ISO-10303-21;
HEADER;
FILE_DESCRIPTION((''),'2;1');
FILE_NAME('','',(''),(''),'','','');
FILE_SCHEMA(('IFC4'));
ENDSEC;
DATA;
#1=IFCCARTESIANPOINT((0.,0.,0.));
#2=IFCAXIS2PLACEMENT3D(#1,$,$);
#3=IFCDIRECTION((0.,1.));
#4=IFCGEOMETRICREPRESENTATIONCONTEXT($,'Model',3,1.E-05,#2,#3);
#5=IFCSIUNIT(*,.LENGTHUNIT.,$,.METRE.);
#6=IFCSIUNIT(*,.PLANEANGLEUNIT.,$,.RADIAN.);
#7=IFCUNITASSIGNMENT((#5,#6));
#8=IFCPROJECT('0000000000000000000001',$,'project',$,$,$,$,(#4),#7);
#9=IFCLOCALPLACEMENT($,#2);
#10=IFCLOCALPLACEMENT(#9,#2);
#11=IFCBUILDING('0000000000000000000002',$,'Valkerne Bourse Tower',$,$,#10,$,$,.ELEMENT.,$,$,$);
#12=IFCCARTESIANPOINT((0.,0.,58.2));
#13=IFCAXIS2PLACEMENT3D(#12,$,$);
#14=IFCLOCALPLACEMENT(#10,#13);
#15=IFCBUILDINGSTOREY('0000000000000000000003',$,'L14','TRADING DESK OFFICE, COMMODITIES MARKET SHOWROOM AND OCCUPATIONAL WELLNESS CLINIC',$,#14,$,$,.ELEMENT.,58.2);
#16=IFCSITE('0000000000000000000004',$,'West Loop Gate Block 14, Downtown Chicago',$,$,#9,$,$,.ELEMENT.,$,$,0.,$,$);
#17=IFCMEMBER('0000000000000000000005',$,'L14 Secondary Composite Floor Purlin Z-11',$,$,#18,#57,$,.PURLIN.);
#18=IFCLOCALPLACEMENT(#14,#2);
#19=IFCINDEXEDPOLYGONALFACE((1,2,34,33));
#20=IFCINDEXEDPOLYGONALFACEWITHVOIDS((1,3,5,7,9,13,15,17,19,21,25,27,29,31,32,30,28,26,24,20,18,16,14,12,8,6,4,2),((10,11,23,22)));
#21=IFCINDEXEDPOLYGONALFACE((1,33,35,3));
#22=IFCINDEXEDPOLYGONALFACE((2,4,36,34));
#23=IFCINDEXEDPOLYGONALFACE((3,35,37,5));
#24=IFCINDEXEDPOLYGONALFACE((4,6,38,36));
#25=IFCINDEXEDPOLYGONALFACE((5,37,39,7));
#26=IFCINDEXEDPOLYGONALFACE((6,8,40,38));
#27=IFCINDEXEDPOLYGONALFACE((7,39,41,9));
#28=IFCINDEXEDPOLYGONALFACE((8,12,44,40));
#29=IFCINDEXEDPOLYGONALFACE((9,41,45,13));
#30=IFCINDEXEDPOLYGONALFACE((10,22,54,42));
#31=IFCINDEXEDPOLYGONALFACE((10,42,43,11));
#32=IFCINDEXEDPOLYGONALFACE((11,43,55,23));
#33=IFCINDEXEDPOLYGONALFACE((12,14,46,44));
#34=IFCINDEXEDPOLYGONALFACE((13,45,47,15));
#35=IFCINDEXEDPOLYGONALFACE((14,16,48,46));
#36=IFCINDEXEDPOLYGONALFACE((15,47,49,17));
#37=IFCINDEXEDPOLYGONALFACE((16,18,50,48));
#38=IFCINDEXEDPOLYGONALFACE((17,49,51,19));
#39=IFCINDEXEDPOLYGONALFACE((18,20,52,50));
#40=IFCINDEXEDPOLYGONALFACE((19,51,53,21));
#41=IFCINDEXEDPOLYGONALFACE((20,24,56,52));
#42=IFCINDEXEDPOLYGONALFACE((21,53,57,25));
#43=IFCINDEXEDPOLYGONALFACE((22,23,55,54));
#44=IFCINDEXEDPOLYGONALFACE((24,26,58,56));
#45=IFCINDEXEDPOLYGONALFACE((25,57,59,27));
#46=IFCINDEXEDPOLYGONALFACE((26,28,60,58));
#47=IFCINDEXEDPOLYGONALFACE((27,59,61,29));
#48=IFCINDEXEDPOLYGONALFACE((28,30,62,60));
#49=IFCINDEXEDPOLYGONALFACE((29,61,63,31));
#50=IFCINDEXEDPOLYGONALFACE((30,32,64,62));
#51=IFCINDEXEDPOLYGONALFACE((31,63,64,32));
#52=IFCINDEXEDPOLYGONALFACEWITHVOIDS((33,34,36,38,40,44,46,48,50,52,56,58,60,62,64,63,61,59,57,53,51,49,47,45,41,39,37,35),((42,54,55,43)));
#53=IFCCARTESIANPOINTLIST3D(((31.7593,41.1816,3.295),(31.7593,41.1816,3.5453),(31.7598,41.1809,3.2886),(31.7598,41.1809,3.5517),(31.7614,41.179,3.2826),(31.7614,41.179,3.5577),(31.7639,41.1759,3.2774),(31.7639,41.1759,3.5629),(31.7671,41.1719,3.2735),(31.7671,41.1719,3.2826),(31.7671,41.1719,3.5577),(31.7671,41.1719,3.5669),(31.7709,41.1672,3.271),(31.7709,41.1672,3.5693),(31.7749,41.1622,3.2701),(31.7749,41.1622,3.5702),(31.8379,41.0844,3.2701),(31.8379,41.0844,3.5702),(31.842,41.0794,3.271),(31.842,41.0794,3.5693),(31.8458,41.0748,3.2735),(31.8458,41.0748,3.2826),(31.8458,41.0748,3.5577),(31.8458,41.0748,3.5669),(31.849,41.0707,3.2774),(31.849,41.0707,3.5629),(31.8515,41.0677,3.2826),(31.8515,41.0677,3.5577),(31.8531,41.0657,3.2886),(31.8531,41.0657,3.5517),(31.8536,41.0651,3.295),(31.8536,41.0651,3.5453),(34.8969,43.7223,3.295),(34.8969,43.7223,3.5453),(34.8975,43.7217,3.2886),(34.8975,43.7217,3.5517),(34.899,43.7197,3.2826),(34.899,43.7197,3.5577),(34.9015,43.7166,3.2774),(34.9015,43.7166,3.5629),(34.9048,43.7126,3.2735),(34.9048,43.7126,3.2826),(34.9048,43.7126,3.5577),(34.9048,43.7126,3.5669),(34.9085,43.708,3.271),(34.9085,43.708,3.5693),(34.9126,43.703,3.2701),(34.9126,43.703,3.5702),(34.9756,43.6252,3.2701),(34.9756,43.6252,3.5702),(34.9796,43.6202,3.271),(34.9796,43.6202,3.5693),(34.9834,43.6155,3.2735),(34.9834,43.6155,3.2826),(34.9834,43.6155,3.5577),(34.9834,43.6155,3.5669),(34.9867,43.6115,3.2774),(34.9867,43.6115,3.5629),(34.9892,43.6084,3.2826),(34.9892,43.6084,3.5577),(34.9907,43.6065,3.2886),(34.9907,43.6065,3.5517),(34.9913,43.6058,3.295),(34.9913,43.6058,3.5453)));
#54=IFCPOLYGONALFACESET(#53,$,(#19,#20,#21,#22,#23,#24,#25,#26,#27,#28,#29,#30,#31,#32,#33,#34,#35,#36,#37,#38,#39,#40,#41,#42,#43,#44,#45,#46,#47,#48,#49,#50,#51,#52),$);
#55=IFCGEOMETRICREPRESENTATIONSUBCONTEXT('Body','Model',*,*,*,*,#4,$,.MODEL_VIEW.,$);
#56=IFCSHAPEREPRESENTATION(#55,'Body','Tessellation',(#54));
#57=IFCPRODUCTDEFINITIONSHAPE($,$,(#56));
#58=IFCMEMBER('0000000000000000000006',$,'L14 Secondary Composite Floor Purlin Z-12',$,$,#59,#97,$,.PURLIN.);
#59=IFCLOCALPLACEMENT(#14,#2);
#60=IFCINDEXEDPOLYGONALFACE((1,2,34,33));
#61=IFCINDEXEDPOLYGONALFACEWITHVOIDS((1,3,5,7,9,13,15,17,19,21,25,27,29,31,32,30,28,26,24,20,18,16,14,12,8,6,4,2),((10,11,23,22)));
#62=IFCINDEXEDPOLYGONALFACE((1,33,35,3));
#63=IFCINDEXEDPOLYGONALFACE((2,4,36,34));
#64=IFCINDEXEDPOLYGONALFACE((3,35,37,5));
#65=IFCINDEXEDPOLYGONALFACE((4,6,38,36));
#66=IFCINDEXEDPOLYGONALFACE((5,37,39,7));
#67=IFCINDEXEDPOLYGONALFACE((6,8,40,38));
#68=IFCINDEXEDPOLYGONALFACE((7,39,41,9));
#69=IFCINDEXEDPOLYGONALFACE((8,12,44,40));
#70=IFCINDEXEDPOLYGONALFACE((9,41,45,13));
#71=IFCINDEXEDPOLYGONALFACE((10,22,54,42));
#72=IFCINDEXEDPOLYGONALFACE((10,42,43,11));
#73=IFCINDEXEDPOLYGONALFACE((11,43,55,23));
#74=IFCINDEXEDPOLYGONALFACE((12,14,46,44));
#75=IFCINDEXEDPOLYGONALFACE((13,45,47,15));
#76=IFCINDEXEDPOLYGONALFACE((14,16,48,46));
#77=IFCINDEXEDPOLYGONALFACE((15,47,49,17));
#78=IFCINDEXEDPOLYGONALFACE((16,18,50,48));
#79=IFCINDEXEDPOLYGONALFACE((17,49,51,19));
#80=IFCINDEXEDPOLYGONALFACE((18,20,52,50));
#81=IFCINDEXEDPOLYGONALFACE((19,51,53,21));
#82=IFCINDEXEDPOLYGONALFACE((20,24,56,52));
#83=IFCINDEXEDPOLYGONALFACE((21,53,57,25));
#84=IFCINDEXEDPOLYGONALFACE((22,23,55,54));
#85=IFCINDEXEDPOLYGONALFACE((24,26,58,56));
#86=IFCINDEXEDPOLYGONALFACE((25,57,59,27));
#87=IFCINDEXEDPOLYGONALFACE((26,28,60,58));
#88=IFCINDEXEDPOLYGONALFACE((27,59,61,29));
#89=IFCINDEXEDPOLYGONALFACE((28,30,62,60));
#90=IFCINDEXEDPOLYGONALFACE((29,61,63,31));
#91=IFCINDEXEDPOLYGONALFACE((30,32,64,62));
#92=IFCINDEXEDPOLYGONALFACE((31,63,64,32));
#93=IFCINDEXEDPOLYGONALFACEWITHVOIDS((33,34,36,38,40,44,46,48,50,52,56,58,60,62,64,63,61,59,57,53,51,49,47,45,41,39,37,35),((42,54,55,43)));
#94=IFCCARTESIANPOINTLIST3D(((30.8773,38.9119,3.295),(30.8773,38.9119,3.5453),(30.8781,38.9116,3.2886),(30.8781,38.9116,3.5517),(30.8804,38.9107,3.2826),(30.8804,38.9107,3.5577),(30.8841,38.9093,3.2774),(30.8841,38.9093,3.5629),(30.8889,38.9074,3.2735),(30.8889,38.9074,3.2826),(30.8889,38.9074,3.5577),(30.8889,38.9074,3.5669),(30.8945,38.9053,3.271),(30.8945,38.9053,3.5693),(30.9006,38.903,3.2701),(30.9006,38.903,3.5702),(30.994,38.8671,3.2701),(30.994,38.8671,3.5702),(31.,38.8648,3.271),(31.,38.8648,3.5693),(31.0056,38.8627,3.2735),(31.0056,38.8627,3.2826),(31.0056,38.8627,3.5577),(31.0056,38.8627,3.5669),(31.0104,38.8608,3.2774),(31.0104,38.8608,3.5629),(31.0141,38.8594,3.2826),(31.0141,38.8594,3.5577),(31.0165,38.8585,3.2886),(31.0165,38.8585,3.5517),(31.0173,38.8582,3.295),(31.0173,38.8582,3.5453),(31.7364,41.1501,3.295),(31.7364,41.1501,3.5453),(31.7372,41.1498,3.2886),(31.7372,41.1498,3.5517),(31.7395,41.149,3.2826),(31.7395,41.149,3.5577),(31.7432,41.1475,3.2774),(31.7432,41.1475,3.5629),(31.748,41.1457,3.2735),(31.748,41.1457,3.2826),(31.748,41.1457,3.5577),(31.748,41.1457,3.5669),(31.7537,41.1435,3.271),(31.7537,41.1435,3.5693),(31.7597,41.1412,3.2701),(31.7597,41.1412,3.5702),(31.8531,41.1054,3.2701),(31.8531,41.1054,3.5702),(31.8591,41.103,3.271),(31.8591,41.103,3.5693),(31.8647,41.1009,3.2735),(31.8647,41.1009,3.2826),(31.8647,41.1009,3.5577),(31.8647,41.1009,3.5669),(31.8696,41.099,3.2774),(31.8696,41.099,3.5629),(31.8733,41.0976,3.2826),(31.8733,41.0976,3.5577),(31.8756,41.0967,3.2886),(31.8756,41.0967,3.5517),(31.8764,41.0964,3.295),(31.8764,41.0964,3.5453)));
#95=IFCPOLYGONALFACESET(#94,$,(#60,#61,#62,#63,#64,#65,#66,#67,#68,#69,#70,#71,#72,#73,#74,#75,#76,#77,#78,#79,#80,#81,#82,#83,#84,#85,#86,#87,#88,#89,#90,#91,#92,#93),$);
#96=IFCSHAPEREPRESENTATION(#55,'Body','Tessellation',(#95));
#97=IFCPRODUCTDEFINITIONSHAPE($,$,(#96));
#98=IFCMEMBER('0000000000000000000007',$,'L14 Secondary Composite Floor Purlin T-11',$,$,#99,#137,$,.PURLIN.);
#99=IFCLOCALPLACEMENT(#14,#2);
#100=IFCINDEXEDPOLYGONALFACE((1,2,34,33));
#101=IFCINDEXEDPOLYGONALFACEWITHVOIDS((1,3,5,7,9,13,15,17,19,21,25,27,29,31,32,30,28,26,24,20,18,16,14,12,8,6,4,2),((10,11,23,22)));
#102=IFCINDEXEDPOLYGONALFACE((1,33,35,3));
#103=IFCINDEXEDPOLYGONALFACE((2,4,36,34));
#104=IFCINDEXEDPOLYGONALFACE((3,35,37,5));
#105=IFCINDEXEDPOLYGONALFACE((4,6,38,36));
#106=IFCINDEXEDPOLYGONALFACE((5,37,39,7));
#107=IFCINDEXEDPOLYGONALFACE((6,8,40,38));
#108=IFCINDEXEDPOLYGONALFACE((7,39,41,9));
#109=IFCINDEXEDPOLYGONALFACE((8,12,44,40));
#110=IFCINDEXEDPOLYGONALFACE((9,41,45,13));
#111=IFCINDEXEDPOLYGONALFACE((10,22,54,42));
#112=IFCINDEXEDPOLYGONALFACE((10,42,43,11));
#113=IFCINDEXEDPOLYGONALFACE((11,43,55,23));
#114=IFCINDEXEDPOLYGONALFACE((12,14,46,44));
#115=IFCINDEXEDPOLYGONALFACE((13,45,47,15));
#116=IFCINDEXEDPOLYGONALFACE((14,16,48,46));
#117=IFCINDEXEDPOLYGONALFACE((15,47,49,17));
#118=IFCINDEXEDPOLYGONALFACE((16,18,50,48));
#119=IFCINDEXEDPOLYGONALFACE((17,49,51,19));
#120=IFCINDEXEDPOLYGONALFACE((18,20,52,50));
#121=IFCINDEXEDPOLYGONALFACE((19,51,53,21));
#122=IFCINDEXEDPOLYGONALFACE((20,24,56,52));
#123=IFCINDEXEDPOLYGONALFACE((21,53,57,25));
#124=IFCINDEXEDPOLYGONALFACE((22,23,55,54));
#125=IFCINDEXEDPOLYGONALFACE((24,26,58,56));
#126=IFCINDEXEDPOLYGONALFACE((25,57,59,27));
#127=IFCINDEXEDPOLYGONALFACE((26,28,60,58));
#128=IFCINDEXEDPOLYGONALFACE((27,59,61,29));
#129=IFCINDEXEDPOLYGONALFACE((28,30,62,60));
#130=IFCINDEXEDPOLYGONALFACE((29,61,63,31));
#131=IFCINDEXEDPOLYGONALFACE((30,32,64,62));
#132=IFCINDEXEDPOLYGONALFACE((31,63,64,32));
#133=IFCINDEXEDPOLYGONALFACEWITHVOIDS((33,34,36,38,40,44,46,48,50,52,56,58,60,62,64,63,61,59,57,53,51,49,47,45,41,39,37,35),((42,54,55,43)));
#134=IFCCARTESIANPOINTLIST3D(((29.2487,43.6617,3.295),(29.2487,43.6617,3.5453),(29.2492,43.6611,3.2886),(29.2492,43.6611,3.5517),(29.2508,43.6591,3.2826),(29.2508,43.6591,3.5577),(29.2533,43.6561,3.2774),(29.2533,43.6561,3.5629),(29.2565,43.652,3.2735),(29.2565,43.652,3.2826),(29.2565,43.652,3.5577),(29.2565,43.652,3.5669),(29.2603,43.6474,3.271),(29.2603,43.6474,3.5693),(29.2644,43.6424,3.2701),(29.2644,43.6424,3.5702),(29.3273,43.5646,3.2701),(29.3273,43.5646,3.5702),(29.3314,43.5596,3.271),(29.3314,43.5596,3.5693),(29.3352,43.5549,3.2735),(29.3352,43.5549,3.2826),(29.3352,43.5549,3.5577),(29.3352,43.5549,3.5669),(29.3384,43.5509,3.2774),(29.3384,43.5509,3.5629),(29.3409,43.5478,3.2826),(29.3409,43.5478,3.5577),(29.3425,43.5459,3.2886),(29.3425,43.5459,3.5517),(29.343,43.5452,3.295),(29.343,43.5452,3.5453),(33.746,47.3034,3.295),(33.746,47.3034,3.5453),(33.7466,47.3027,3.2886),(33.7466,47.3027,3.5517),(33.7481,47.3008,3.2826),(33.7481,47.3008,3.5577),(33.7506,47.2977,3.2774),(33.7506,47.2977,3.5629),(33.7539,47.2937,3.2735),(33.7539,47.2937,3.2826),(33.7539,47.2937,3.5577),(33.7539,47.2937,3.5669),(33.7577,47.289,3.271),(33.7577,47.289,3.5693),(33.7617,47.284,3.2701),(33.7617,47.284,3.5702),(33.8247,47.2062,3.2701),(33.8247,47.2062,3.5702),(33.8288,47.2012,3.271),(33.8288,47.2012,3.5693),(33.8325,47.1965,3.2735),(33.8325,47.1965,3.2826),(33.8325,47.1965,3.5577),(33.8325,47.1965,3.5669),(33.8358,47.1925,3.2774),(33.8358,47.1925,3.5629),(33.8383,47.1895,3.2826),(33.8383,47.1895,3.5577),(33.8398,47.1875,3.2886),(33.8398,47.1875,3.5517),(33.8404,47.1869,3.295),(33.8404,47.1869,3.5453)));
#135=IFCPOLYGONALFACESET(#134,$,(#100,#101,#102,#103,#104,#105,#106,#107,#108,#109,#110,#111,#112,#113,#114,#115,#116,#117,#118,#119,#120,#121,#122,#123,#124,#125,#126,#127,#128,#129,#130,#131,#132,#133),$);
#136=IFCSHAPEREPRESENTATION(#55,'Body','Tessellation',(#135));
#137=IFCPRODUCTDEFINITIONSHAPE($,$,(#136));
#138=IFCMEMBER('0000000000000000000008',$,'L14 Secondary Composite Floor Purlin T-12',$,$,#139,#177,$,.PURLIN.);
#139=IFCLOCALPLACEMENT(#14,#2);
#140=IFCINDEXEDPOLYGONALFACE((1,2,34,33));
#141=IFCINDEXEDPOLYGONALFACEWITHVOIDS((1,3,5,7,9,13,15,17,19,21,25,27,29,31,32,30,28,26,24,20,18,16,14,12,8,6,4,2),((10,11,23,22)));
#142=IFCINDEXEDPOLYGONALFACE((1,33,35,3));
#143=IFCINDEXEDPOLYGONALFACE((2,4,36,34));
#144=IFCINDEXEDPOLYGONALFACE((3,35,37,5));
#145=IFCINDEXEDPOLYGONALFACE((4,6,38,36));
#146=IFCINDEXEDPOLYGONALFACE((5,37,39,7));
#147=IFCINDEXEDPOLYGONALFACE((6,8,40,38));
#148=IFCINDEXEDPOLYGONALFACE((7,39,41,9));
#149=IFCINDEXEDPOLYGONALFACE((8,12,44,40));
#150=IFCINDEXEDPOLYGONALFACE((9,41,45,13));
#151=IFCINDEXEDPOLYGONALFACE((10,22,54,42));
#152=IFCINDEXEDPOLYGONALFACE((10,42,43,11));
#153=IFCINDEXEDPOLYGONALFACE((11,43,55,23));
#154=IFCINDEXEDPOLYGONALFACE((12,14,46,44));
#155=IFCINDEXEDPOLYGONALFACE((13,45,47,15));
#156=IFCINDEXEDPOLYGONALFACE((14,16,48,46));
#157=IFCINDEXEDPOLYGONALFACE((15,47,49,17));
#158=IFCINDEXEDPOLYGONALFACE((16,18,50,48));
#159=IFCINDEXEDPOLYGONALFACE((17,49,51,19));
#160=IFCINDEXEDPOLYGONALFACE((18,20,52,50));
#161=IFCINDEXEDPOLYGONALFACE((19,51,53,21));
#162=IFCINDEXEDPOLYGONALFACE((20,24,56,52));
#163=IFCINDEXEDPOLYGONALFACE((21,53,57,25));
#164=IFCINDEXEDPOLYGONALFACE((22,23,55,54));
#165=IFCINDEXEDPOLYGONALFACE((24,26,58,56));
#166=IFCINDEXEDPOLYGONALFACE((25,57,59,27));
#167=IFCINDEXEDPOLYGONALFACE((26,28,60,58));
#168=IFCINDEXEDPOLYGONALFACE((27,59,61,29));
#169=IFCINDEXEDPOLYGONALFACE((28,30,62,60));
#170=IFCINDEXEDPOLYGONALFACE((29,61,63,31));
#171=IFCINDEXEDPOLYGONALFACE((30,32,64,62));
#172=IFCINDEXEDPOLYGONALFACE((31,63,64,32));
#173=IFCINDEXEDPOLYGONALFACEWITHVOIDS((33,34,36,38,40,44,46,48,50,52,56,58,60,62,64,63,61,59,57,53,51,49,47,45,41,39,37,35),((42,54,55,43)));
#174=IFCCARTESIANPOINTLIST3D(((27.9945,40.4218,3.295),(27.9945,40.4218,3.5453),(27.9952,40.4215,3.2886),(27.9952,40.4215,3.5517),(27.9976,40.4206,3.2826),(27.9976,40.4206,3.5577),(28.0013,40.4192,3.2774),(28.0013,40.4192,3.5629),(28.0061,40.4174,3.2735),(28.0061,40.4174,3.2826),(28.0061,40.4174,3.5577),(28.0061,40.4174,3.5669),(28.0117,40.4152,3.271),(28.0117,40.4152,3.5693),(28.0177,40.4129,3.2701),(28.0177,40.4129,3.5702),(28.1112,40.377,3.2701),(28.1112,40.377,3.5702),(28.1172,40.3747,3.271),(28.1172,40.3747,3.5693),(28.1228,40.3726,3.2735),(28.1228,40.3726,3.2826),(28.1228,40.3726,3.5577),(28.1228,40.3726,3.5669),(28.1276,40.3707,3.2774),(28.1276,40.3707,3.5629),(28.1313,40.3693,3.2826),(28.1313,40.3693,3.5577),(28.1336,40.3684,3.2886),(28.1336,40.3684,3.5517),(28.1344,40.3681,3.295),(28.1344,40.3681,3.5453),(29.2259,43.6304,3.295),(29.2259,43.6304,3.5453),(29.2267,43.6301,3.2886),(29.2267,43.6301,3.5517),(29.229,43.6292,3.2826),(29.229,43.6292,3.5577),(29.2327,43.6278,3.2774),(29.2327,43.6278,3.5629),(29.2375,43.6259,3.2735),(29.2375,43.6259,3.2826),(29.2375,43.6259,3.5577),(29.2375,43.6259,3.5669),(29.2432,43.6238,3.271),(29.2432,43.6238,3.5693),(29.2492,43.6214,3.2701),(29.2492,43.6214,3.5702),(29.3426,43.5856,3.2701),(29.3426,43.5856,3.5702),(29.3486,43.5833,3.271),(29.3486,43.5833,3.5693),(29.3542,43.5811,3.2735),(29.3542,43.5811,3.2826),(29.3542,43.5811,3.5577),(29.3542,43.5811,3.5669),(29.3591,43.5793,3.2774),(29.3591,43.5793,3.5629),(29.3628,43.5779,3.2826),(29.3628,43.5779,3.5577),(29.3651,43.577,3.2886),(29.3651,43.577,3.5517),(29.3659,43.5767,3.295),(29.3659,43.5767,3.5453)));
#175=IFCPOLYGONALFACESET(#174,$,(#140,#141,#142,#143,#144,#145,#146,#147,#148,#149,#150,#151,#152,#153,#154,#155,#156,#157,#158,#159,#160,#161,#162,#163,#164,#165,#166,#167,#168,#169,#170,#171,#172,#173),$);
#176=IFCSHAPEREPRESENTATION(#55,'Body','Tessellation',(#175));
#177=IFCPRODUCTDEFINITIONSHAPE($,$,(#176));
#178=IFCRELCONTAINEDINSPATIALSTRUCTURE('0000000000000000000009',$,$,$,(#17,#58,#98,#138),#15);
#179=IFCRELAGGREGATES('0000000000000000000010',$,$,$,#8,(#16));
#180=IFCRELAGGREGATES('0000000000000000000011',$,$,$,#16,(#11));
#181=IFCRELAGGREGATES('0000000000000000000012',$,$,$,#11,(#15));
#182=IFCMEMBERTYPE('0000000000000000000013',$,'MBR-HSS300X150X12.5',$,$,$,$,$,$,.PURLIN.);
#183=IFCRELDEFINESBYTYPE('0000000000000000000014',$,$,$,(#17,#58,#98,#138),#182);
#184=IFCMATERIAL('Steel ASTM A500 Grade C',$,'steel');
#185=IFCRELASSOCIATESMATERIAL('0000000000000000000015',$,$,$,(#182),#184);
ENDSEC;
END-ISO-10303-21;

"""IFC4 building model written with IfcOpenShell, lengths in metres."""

from ifc_helpers import new_model, si_unit, direction, frame, origin, origin_2d, place, context, subcontext, project, spatial, hollow_rectangle, extrude, material, material_profile, profile_set, type_object, element, save


model = new_model("IFC4")

# Units and contexts
model_context = context("Model", 3, precision=1e-05, world=origin(), true_north=direction((0.0, 1.0)))
body_context = subcontext(model_context, "Body", "Model", "MODEL_VIEW")
ifc_project = project(units=[si_unit("LENGTHUNIT", "METRE"), si_unit("PLANEANGLEUNIT", "RADIAN")], contexts=[model_context])

# Site, building, storey
site_placement = place(None, origin())
site = spatial("IfcSite", under=ifc_project, at=site_placement, Name="West Loop Gate Block 14, Downtown Chicago", CompositionType="ELEMENT", RefElevation=0.0)
building_placement = place(site_placement, origin())
building = spatial("IfcBuilding", under=site, at=building_placement, Name="Valkerne Bourse Tower", CompositionType="ELEMENT")
storey_placement = place(building_placement, frame((0.0, 0.0, 58.2)))
storey = spatial("IfcBuildingStorey", under=building, at=storey_placement, Name="L14", Description="TRADING DESK OFFICE, COMMODITIES MARKET SHOWROOM AND OCCUPATIONAL WELLNESS CLINIC", CompositionType="ELEMENT", Elevation=58.2)

# Members
ifc_material_1 = material(Name="Steel ASTM A500 Grade C", Category="steel")
ifc_material_profile_1 = material_profile(ifc_material_1, hollow_rectangle(XDim=0.1499, YDim=0.3, WallThickness=0.0125, OuterFilletRadius=0.0249, at=origin_2d()), Name="HSS300X150X12.5")
ifc_profile_set_1 = profile_set([ifc_material_profile_1], Name="Steel ASTM A500 Grade C")
member_type_1 = type_object("IfcMemberType", Name="MBR-HSS300X150X12.5", PredefinedType="PURLIN", material=ifc_profile_set_1)
member_1_placement = place(storey_placement, frame((34.9441, 43.6641, 3.4202), z_axis=(-0.777156, -0.629308, 0.0), x_axis=(0.629308, -0.777156, 0.0)))
element("IfcMember", 1, at=member_1_placement, inside=storey, type_object=member_type_1, Name="L14 Secondary Composite Floor Purlin Z-11", PredefinedType="PURLIN", context=body_context, shape_type="SweptSolid", body=[
    extrude(hollow_rectangle(XDim=0.1499, YDim=0.3, WallThickness=0.0125, OuterFilletRadius=0.0249, at=origin_2d()), origin(), (0.0, 0.0, 1.0), 4.0374),
])
member_2_placement = place(storey_placement, frame((31.8064, 41.1233, 3.4202), z_axis=(-0.358344, -0.933589, 0.0), x_axis=(0.933589, -0.358344, 0.0)))
element("IfcMember", 2, at=member_2_placement, inside=storey, type_object=member_type_1, Name="L14 Secondary Composite Floor Purlin Z-12", PredefinedType="PURLIN", context=body_context, shape_type="SweptSolid", body=[
    extrude(hollow_rectangle(XDim=0.1499, YDim=0.3, WallThickness=0.0125, OuterFilletRadius=0.0249, at=origin_2d()), origin(), (0.0, 0.0, 1.0), 2.3975),
])
member_3_placement = place(storey_placement, frame((33.7932, 47.2451, 3.4202), z_axis=(-0.777167, -0.629294, 0.0), x_axis=(0.629294, -0.777167, 0.0)))
element("IfcMember", 3, at=member_3_placement, inside=storey, type_object=member_type_1, Name="L14 Secondary Composite Floor Purlin T-11", PredefinedType="PURLIN", context=body_context, shape_type="SweptSolid", body=[
    extrude(hollow_rectangle(XDim=0.1499, YDim=0.3, WallThickness=0.0125, OuterFilletRadius=0.0249, at=origin_2d()), origin(), (0.0, 0.0, 1.0), 5.7869),
])
member_4_placement = place(storey_placement, frame((29.2959, 43.6035, 3.4202), z_axis=(-0.358322, -0.933598, 0.0), x_axis=(0.933598, -0.358322, 0.0)))
element("IfcMember", 4, at=member_4_placement, inside=storey, type_object=member_type_1, Name="L14 Secondary Composite Floor Purlin T-12", PredefinedType="PURLIN", context=body_context, shape_type="SweptSolid", body=[
    extrude(hollow_rectangle(XDim=0.1499, YDim=0.3, WallThickness=0.0125, OuterFilletRadius=0.0249, at=origin_2d()), origin(), (0.0, 0.0, 1.0), 3.4368),
])

save(model, "model.ifc")
